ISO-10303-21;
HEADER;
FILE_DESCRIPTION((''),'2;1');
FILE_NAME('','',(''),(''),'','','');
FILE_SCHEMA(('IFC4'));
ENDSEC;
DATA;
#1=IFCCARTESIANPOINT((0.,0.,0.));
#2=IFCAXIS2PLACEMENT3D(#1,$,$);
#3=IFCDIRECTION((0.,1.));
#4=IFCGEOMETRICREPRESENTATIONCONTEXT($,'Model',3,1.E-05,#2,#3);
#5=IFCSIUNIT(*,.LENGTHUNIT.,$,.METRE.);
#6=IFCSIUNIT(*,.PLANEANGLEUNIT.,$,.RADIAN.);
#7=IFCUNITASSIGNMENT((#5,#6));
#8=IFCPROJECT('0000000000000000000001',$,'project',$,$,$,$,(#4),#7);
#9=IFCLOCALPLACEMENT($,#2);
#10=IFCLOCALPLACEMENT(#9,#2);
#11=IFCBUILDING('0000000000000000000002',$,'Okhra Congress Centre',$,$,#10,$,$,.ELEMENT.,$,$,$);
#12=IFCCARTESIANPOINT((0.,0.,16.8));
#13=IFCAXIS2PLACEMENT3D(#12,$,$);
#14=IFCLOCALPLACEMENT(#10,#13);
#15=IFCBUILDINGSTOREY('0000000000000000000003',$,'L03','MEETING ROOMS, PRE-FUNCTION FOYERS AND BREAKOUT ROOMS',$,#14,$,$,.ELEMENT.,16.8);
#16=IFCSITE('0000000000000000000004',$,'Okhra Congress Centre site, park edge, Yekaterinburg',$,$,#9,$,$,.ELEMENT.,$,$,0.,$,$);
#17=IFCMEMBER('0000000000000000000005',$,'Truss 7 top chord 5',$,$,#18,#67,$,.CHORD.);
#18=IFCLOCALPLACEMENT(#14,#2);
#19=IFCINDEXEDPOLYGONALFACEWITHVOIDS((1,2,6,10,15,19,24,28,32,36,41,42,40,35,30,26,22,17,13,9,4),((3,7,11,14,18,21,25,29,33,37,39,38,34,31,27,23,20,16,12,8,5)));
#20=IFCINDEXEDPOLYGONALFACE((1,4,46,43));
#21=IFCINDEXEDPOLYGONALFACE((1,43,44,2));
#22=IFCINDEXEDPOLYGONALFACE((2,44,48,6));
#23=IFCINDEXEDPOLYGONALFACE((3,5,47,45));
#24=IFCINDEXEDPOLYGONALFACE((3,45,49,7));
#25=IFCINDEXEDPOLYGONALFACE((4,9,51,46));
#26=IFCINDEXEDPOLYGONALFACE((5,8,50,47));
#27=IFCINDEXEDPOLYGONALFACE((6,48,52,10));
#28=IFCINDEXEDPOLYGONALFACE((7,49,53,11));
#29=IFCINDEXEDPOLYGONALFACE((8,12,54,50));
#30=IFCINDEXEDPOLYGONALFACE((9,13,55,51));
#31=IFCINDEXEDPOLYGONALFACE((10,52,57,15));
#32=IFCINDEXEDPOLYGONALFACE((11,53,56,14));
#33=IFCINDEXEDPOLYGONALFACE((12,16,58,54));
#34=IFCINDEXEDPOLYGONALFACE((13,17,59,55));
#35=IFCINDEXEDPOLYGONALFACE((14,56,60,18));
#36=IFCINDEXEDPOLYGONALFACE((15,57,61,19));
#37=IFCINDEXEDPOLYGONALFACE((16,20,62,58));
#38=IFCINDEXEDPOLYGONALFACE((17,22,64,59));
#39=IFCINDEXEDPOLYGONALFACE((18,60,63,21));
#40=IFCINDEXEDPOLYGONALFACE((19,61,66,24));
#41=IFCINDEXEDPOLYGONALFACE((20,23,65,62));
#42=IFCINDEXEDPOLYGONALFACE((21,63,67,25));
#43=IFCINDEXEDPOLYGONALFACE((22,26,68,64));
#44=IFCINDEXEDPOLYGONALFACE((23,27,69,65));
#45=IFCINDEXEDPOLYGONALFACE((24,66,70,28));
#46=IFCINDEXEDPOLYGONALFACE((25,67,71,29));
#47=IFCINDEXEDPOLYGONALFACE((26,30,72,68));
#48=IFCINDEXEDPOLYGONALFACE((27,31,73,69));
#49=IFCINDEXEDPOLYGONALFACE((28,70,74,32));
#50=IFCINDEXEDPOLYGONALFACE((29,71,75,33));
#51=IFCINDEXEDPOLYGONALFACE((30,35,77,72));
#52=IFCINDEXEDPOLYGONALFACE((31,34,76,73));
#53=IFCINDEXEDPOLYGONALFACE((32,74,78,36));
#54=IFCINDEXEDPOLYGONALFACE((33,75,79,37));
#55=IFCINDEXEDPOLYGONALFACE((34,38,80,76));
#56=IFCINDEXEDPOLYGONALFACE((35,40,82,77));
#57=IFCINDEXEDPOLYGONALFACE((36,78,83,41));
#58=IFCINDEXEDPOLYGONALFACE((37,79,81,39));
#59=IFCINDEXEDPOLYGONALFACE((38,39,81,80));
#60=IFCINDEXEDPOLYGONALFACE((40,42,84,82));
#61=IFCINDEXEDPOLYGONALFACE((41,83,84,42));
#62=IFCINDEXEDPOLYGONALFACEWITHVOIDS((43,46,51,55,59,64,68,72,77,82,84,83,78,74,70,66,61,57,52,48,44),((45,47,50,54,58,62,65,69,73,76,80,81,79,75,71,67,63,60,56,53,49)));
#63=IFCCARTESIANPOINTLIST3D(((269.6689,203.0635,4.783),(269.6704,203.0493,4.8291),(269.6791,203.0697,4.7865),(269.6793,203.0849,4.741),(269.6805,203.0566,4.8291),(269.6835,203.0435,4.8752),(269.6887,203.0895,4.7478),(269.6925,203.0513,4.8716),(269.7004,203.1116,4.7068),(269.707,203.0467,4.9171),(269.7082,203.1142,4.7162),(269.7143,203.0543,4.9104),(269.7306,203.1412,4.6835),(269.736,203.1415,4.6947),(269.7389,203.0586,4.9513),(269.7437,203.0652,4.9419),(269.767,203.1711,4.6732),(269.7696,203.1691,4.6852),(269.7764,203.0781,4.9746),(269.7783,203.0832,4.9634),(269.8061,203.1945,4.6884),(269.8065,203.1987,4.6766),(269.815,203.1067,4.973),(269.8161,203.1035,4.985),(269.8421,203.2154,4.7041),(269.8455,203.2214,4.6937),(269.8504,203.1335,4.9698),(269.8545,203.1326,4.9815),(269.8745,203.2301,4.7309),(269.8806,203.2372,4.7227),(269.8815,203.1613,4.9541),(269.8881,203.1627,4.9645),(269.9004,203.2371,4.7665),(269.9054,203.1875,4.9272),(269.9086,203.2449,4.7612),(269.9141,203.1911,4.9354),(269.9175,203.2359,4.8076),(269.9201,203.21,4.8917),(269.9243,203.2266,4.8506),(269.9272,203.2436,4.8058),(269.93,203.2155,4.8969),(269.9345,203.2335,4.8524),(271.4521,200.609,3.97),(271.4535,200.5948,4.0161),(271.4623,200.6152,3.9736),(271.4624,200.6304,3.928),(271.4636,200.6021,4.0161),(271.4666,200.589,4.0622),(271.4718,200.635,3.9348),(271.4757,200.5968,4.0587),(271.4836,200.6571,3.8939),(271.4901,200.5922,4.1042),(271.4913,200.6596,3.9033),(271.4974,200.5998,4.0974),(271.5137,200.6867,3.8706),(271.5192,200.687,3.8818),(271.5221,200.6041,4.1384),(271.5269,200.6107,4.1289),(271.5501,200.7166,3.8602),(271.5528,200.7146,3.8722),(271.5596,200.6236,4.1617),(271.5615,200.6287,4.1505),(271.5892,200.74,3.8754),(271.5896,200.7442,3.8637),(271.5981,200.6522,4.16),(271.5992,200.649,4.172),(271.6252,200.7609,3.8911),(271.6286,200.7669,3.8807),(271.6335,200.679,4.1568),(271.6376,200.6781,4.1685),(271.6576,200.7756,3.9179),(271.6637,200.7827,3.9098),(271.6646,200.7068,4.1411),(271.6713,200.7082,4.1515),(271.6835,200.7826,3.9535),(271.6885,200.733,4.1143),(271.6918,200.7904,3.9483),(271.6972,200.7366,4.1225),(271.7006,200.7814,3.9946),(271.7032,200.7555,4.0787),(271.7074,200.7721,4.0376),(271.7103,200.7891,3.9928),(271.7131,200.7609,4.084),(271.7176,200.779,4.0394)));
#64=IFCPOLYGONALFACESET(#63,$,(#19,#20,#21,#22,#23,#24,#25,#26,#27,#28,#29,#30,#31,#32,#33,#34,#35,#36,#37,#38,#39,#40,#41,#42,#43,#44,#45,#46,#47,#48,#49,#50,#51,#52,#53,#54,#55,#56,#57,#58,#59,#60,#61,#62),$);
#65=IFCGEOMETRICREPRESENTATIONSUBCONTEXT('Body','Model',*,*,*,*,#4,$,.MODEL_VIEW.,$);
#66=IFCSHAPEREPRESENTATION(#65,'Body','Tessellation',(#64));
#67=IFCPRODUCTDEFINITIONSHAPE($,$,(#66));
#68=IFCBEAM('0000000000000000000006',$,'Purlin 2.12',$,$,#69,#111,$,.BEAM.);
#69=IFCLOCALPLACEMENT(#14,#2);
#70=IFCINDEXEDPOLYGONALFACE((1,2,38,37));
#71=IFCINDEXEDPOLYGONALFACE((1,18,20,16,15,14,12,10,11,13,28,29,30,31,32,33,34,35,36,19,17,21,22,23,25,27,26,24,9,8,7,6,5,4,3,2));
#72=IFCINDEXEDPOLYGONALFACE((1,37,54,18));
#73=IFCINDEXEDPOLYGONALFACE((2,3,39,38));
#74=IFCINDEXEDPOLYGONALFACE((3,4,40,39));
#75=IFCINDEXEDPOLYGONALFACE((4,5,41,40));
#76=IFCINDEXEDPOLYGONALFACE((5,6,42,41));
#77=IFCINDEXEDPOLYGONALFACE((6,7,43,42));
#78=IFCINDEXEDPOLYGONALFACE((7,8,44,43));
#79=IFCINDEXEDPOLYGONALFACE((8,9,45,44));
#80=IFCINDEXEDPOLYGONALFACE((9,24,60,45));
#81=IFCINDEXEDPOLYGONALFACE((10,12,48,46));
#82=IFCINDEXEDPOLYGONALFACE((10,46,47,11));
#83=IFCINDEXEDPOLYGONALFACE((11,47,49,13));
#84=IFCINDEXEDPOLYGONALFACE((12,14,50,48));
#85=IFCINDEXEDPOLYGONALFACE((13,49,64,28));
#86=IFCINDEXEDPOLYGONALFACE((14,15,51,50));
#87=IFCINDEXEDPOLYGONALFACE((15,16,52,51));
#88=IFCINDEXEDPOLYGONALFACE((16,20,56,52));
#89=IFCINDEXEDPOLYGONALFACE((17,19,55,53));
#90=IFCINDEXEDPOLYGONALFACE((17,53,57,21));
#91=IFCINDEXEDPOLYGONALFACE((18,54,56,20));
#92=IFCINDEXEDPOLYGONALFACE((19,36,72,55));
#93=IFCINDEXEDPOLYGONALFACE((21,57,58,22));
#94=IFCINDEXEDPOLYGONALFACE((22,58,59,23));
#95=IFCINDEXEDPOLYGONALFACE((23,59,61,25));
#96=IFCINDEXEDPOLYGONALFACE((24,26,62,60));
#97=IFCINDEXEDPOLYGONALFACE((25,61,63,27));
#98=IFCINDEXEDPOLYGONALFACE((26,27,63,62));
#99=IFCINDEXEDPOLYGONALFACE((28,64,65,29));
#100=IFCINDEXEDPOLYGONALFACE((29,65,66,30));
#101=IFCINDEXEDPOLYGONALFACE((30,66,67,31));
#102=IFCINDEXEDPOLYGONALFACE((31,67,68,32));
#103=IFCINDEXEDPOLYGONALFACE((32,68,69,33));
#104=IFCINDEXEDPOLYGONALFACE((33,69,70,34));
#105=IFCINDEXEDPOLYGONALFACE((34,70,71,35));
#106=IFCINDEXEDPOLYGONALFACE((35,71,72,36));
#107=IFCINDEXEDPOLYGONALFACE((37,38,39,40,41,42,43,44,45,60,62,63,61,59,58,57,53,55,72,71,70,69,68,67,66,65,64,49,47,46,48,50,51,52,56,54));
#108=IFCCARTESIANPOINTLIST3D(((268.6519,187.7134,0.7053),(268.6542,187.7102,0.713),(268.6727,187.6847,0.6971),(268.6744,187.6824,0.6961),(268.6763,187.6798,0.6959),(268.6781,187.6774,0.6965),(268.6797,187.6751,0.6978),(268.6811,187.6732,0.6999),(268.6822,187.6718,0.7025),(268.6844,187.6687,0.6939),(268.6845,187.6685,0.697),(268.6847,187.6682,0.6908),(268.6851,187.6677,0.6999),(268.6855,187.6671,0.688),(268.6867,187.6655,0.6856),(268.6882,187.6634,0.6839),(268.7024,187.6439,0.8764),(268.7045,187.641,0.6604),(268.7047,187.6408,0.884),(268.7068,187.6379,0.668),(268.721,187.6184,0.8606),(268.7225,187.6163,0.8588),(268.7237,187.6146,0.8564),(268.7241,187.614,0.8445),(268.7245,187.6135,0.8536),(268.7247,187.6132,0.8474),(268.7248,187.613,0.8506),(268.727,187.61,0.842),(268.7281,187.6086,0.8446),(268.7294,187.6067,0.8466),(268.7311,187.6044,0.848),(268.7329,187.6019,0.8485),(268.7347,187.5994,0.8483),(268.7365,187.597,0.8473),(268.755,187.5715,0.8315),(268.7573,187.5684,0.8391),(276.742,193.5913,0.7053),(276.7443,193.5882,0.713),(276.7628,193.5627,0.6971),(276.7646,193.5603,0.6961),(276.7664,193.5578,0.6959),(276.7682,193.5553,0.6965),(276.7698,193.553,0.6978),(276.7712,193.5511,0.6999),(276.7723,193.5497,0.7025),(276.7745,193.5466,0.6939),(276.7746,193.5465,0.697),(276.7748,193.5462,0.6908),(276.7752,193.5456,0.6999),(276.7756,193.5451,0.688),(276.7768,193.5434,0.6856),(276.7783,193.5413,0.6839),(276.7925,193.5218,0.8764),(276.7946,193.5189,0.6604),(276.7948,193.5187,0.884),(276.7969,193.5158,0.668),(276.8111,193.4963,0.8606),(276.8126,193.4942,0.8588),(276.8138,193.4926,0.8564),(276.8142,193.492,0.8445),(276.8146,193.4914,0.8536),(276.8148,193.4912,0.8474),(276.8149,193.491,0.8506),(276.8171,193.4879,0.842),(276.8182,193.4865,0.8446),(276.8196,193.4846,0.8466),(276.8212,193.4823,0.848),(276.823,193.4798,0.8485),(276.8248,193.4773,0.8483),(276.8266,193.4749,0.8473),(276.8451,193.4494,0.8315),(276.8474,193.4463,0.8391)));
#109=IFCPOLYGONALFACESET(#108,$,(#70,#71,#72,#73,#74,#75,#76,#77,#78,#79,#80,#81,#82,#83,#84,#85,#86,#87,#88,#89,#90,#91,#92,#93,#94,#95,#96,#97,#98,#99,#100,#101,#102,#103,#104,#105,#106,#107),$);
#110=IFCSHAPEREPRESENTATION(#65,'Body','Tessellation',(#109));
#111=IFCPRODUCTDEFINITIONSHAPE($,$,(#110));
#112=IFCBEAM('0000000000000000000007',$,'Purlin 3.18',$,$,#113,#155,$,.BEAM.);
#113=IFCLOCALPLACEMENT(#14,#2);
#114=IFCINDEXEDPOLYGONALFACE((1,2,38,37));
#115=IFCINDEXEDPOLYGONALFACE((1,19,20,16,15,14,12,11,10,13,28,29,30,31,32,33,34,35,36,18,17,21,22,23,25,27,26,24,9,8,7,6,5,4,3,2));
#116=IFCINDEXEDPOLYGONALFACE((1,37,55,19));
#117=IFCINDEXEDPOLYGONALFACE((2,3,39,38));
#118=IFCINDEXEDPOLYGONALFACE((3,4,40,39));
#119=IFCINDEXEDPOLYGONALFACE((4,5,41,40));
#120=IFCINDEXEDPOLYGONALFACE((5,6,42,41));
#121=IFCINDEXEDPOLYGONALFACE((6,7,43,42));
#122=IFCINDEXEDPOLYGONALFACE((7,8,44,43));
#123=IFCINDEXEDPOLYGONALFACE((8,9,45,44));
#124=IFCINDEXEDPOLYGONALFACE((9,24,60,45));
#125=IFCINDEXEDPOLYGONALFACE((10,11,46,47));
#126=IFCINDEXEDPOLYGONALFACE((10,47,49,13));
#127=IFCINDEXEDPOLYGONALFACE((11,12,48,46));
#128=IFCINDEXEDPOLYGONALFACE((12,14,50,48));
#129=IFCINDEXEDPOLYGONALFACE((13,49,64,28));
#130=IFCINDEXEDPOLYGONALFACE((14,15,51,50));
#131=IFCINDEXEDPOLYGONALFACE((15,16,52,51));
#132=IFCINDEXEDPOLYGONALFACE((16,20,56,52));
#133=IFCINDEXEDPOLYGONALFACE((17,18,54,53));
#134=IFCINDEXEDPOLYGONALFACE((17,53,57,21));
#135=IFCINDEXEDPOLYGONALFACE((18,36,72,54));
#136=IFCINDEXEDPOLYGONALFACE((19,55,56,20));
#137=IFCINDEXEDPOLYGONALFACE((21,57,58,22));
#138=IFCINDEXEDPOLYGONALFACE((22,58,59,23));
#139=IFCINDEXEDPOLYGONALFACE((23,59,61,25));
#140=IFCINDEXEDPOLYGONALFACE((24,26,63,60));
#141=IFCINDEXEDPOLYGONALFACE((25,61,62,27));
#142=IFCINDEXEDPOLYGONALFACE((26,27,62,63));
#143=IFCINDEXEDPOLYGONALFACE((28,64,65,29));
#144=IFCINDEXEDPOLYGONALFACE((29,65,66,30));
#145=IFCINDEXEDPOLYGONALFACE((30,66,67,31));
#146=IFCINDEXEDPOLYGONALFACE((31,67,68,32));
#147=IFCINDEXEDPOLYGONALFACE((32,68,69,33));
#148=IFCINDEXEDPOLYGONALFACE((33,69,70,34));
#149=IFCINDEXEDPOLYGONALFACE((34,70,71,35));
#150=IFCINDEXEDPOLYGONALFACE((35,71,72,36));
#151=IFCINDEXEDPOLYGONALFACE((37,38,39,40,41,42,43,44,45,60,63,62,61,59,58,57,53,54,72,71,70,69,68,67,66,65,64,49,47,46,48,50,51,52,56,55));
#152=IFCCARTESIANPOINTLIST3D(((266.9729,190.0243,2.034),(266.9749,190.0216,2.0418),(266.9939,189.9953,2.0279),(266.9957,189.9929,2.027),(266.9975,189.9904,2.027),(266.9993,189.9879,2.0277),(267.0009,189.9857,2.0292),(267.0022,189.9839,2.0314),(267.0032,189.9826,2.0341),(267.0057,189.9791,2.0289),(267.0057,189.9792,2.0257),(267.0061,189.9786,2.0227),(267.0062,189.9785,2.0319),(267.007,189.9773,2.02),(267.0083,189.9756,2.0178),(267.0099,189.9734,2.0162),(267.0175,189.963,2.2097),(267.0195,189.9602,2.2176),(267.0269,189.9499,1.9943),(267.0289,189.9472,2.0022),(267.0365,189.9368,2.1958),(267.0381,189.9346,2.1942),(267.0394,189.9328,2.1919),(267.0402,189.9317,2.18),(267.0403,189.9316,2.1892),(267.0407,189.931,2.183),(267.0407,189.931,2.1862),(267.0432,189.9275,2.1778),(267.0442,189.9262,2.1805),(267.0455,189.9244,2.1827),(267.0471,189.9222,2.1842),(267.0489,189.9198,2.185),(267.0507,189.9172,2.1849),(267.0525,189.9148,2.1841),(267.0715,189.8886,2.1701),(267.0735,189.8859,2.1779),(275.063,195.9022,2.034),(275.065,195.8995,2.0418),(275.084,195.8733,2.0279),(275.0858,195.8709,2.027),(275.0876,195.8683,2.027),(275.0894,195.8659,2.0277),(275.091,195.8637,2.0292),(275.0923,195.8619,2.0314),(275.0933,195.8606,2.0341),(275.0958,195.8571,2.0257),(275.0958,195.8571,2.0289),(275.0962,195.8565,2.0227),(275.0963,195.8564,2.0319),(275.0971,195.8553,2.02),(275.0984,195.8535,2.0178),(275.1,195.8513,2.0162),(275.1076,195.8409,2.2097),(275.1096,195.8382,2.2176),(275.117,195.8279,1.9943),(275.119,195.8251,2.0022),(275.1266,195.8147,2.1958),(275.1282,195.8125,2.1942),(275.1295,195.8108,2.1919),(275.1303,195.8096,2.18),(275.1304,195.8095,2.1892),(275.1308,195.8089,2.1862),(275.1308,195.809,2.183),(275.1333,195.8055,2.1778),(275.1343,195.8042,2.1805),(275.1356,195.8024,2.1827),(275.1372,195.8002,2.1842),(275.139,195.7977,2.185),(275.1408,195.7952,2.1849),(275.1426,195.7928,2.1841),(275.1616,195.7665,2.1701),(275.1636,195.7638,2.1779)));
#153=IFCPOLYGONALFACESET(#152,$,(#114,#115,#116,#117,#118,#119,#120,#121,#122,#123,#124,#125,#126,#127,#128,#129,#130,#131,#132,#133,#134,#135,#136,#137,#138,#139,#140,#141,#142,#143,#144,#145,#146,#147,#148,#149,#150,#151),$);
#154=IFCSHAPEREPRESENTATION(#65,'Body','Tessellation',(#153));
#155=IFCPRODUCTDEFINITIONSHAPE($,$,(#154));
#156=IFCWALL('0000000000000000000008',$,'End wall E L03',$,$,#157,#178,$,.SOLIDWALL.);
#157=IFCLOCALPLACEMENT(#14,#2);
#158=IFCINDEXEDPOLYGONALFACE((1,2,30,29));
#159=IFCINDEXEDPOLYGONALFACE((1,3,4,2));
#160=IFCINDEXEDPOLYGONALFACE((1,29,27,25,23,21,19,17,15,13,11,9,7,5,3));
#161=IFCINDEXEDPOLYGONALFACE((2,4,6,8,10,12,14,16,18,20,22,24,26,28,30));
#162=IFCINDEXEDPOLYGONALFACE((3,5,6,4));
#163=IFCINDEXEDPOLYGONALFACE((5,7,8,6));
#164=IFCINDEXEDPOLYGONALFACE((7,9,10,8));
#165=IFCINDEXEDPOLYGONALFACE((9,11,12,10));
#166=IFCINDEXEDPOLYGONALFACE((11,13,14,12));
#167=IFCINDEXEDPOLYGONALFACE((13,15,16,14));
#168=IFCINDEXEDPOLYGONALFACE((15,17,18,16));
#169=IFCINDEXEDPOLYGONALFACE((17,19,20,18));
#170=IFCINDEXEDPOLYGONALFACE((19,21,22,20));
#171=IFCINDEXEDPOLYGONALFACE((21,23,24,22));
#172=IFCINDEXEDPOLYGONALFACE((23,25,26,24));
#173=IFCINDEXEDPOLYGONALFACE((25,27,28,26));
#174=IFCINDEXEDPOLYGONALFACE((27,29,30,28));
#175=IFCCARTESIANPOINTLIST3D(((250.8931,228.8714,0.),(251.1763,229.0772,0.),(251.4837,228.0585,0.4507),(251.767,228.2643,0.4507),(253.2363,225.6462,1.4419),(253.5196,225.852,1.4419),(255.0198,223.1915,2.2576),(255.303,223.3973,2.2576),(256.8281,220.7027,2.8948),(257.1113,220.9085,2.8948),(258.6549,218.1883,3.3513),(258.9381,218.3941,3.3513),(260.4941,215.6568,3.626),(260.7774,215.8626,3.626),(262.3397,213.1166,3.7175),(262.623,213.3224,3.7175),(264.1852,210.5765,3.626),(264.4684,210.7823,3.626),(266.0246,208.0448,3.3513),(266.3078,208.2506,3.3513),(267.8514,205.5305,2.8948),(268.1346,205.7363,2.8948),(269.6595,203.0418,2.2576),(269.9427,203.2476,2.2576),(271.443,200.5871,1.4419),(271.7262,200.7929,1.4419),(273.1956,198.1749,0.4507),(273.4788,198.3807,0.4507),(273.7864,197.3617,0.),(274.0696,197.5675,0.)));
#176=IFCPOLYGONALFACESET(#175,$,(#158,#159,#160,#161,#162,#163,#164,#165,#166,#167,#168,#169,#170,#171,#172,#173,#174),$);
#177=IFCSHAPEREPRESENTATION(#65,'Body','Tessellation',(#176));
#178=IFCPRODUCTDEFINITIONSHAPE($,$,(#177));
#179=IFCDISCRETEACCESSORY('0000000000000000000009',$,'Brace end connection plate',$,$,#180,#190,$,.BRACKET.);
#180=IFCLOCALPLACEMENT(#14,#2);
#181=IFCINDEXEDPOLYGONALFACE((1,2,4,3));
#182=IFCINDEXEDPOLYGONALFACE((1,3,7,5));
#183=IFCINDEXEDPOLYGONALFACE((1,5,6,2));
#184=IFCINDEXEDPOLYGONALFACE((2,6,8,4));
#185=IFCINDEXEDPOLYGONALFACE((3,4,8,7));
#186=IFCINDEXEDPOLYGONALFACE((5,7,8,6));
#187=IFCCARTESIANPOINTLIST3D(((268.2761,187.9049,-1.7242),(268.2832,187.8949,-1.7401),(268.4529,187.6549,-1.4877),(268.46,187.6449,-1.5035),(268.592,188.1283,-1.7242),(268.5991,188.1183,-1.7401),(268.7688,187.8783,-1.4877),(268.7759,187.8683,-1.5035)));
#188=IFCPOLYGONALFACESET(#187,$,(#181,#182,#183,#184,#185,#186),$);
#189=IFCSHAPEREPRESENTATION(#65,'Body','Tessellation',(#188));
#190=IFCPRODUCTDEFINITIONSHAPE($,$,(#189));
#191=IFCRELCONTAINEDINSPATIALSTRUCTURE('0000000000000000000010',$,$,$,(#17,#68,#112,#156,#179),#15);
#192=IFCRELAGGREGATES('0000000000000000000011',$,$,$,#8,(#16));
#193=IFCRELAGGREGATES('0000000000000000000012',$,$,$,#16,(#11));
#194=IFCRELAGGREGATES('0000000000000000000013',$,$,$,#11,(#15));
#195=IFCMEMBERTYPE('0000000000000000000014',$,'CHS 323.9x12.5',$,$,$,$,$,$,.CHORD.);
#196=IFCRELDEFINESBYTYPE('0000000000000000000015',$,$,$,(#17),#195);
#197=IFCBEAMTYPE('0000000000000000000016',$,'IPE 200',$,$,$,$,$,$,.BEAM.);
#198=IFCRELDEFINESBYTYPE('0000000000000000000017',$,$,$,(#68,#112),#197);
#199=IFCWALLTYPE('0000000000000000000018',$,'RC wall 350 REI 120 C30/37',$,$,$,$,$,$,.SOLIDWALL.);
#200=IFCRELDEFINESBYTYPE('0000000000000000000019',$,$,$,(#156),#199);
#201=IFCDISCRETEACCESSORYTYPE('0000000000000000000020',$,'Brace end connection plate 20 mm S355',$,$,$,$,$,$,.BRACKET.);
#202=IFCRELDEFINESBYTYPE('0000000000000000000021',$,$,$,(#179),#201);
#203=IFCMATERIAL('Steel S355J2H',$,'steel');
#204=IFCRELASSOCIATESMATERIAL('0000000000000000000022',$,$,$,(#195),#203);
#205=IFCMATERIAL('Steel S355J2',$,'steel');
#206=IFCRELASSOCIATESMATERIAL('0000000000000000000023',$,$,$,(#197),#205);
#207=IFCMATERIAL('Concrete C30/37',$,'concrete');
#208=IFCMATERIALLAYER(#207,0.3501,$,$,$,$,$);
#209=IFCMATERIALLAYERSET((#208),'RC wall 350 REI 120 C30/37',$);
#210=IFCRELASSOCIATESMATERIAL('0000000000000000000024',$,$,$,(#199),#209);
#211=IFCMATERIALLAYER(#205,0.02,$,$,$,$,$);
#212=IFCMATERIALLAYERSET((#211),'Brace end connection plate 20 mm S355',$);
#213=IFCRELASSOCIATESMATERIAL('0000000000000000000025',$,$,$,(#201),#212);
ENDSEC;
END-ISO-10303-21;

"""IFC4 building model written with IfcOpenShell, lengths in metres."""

from ifc_helpers import new_model, si_unit, direction, frame, origin, origin_2d, place, context, subcontext, project, spatial, polyline, rectangle, hollow_circle, i_section, outline, extrude, material, layer, layer_set, material_profile, profile_set, type_object, element, save


model = new_model("IFC4")

# Units and contexts
model_context = context("Model", 3, precision=1e-05, world=origin(), true_north=direction((0.0, 1.0)))
body_context = subcontext(model_context, "Body", "Model", "MODEL_VIEW")
ifc_project = project(units=[si_unit("LENGTHUNIT", "METRE"), si_unit("PLANEANGLEUNIT", "RADIAN")], contexts=[model_context])

# Site, building, storey
site_placement = place(None, origin())
site = spatial("IfcSite", under=ifc_project, at=site_placement, Name="Okhra Congress Centre site, park edge, Yekaterinburg", CompositionType="ELEMENT", RefElevation=0.0)
building_placement = place(site_placement, origin())
building = spatial("IfcBuilding", under=site, at=building_placement, Name="Okhra Congress Centre", CompositionType="ELEMENT")
storey_placement = place(building_placement, frame((0.0, 0.0, 16.8)))
storey = spatial("IfcBuildingStorey", under=building, at=storey_placement, Name="L03", Description="MEETING ROOMS, PRE-FUNCTION FOYERS AND BREAKOUT ROOMS", CompositionType="ELEMENT", Elevation=16.8)

# Member
ifc_material_1 = material(Name="Steel S355J2H", Category="steel")
ifc_material_profile_1 = material_profile(ifc_material_1, hollow_circle(Radius=0.1619, WallThickness=0.0125, at=origin_2d()), Name="CHS 323.9x12.5")
ifc_profile_set_1 = profile_set([ifc_material_profile_1], Name="Steel S355J2H")
member_type_1 = type_object("IfcMemberType", Name="CHS 323.9x12.5", PredefinedType="CHORD", material=ifc_profile_set_1)
for number, where, z_axis, x_axis, name in (
    (1, (271.5845, 200.6899, 4.0161), (-0.567721, 0.781472, 0.258832), (-0.809042, -0.587751, 0.0), "Truss 7 top chord 5"),
):
    element("IfcMember", number, at=place(storey_placement, frame(where, z_axis=z_axis, x_axis=x_axis)), inside=storey, type_object=member_type_1, Name=name, PredefinedType="CHORD", context=body_context, shape_type="SweptSolid", body=[
        extrude(hollow_circle(Radius=0.1619, WallThickness=0.0125, at=origin_2d()), origin(), (0.0, 0.0, 1.0), 3.1409),
    ])

# Beams
ifc_material_2 = material(Name="Steel S355J2", Category="steel")
ifc_material_profile_2 = material_profile(ifc_material_2, i_section(OverallWidth=0.1001, OverallDepth=0.2, WebThickness=0.0056, FlangeThickness=0.0085, FilletRadius=0.012, at=origin_2d()), Name="IPE 200")
ifc_profile_set_2 = profile_set([ifc_material_profile_2], Name="Steel S355J2")
beam_type = type_object("IfcBeamType", Name="IPE 200", PredefinedType="BEAM", material=ifc_profile_set_2)
for number, where, z_axis, x_axis, name in (
    (2, (268.7046, 187.6409, 0.7722), (0.80901, 0.587794, 0.0), (-0.525272, 0.722958, 0.448799), "Purlin 2.12"),
    (3, (267.0232, 189.9551, 2.106), (0.80901, 0.587794, 0.0), (-0.539722, 0.742846, 0.39608), "Purlin 3.18"),
):
    element("IfcBeam", number, at=place(storey_placement, frame(where, z_axis=z_axis, x_axis=x_axis)), inside=storey, type_object=beam_type, Name=name, PredefinedType="BEAM", context=body_context, shape_type="SweptSolid", body=[
        extrude(i_section(OverallWidth=0.1001, OverallDepth=0.2, WebThickness=0.0056, FlangeThickness=0.0085, FilletRadius=0.012, at=origin_2d()), origin(), (0.0, 0.0, 1.0), 10.0),
    ])

# Wall
ifc_material_3 = material(Name="Concrete C30/37", Category="concrete")
ifc_layer_1 = layer(ifc_material_3, 0.3501)
ifc_layer_set_1 = layer_set([ifc_layer_1], Name="RC wall 350 REI 120 C30/37")
wall_type = type_object("IfcWallType", Name="RC wall 350 REI 120 C30/37", PredefinedType="SOLIDWALL", material=ifc_layer_set_1)
wall_placement = place(storey_placement, frame((273.928, 197.4646, 0.0), z_axis=(0.0, 0.0, 1.0), x_axis=(-0.587787, 0.809015, 0.0)))
element("IfcWall", 4, at=wall_placement, inside=storey, type_object=wall_type, Name="End wall E L03", PredefinedType="SOLIDWALL", context=body_context, shape_type="SweptSolid", body=[
    extrude(outline(polyline([(0.0, 0.0), (38.9482, 0.0), (37.9434, 0.4507), (34.9617, 1.4419), (31.9275, 2.2576), (28.8511, 2.8948), (25.7432, 3.3513), (22.614, 3.626), (19.4741, 3.7175), (16.3345, 3.626), (13.2051, 3.3513), (10.0972, 2.8948), (7.021, 2.2576), (3.9868, 1.4419), (1.0051, 0.4507), (0.0, 0.0)])), frame((0.0, 0.175, 0.0), z_axis=(0.0, -1.0, 0.0), x_axis=(1.0, 0.0, 0.0)), (0.0, 0.0, 1.0), 0.3501),
])

# Discrete accessory
ifc_layer_2 = layer(ifc_material_2, 0.02)
ifc_layer_set_2 = layer_set([ifc_layer_2], Name="Brace end connection plate 20 mm S355")
discrete_accessory_type = type_object("IfcDiscreteAccessoryType", Name="Brace end connection plate 20 mm S355", PredefinedType="BRACKET", material=ifc_layer_set_2)
for number, where, z_axis, x_axis, name in (
    (5, (268.5225, 187.8916, -1.606), (0.353055, -0.499147, -0.791331), (0.816416, 0.577465, 0.0), "Brace end connection plate"),
):
    element("IfcDiscreteAccessory", number, at=place(storey_placement, frame(where, z_axis=z_axis, x_axis=x_axis)), inside=storey, type_object=discrete_accessory_type, Name=name, PredefinedType="BRACKET", context=body_context, shape_type="SweptSolid", body=[
        extrude(rectangle(XDim=0.387, YDim=0.387, at=origin_2d()), origin(), (0.0, 0.0, 1.0), 0.02),
    ])

save(model, "model.ifc")
